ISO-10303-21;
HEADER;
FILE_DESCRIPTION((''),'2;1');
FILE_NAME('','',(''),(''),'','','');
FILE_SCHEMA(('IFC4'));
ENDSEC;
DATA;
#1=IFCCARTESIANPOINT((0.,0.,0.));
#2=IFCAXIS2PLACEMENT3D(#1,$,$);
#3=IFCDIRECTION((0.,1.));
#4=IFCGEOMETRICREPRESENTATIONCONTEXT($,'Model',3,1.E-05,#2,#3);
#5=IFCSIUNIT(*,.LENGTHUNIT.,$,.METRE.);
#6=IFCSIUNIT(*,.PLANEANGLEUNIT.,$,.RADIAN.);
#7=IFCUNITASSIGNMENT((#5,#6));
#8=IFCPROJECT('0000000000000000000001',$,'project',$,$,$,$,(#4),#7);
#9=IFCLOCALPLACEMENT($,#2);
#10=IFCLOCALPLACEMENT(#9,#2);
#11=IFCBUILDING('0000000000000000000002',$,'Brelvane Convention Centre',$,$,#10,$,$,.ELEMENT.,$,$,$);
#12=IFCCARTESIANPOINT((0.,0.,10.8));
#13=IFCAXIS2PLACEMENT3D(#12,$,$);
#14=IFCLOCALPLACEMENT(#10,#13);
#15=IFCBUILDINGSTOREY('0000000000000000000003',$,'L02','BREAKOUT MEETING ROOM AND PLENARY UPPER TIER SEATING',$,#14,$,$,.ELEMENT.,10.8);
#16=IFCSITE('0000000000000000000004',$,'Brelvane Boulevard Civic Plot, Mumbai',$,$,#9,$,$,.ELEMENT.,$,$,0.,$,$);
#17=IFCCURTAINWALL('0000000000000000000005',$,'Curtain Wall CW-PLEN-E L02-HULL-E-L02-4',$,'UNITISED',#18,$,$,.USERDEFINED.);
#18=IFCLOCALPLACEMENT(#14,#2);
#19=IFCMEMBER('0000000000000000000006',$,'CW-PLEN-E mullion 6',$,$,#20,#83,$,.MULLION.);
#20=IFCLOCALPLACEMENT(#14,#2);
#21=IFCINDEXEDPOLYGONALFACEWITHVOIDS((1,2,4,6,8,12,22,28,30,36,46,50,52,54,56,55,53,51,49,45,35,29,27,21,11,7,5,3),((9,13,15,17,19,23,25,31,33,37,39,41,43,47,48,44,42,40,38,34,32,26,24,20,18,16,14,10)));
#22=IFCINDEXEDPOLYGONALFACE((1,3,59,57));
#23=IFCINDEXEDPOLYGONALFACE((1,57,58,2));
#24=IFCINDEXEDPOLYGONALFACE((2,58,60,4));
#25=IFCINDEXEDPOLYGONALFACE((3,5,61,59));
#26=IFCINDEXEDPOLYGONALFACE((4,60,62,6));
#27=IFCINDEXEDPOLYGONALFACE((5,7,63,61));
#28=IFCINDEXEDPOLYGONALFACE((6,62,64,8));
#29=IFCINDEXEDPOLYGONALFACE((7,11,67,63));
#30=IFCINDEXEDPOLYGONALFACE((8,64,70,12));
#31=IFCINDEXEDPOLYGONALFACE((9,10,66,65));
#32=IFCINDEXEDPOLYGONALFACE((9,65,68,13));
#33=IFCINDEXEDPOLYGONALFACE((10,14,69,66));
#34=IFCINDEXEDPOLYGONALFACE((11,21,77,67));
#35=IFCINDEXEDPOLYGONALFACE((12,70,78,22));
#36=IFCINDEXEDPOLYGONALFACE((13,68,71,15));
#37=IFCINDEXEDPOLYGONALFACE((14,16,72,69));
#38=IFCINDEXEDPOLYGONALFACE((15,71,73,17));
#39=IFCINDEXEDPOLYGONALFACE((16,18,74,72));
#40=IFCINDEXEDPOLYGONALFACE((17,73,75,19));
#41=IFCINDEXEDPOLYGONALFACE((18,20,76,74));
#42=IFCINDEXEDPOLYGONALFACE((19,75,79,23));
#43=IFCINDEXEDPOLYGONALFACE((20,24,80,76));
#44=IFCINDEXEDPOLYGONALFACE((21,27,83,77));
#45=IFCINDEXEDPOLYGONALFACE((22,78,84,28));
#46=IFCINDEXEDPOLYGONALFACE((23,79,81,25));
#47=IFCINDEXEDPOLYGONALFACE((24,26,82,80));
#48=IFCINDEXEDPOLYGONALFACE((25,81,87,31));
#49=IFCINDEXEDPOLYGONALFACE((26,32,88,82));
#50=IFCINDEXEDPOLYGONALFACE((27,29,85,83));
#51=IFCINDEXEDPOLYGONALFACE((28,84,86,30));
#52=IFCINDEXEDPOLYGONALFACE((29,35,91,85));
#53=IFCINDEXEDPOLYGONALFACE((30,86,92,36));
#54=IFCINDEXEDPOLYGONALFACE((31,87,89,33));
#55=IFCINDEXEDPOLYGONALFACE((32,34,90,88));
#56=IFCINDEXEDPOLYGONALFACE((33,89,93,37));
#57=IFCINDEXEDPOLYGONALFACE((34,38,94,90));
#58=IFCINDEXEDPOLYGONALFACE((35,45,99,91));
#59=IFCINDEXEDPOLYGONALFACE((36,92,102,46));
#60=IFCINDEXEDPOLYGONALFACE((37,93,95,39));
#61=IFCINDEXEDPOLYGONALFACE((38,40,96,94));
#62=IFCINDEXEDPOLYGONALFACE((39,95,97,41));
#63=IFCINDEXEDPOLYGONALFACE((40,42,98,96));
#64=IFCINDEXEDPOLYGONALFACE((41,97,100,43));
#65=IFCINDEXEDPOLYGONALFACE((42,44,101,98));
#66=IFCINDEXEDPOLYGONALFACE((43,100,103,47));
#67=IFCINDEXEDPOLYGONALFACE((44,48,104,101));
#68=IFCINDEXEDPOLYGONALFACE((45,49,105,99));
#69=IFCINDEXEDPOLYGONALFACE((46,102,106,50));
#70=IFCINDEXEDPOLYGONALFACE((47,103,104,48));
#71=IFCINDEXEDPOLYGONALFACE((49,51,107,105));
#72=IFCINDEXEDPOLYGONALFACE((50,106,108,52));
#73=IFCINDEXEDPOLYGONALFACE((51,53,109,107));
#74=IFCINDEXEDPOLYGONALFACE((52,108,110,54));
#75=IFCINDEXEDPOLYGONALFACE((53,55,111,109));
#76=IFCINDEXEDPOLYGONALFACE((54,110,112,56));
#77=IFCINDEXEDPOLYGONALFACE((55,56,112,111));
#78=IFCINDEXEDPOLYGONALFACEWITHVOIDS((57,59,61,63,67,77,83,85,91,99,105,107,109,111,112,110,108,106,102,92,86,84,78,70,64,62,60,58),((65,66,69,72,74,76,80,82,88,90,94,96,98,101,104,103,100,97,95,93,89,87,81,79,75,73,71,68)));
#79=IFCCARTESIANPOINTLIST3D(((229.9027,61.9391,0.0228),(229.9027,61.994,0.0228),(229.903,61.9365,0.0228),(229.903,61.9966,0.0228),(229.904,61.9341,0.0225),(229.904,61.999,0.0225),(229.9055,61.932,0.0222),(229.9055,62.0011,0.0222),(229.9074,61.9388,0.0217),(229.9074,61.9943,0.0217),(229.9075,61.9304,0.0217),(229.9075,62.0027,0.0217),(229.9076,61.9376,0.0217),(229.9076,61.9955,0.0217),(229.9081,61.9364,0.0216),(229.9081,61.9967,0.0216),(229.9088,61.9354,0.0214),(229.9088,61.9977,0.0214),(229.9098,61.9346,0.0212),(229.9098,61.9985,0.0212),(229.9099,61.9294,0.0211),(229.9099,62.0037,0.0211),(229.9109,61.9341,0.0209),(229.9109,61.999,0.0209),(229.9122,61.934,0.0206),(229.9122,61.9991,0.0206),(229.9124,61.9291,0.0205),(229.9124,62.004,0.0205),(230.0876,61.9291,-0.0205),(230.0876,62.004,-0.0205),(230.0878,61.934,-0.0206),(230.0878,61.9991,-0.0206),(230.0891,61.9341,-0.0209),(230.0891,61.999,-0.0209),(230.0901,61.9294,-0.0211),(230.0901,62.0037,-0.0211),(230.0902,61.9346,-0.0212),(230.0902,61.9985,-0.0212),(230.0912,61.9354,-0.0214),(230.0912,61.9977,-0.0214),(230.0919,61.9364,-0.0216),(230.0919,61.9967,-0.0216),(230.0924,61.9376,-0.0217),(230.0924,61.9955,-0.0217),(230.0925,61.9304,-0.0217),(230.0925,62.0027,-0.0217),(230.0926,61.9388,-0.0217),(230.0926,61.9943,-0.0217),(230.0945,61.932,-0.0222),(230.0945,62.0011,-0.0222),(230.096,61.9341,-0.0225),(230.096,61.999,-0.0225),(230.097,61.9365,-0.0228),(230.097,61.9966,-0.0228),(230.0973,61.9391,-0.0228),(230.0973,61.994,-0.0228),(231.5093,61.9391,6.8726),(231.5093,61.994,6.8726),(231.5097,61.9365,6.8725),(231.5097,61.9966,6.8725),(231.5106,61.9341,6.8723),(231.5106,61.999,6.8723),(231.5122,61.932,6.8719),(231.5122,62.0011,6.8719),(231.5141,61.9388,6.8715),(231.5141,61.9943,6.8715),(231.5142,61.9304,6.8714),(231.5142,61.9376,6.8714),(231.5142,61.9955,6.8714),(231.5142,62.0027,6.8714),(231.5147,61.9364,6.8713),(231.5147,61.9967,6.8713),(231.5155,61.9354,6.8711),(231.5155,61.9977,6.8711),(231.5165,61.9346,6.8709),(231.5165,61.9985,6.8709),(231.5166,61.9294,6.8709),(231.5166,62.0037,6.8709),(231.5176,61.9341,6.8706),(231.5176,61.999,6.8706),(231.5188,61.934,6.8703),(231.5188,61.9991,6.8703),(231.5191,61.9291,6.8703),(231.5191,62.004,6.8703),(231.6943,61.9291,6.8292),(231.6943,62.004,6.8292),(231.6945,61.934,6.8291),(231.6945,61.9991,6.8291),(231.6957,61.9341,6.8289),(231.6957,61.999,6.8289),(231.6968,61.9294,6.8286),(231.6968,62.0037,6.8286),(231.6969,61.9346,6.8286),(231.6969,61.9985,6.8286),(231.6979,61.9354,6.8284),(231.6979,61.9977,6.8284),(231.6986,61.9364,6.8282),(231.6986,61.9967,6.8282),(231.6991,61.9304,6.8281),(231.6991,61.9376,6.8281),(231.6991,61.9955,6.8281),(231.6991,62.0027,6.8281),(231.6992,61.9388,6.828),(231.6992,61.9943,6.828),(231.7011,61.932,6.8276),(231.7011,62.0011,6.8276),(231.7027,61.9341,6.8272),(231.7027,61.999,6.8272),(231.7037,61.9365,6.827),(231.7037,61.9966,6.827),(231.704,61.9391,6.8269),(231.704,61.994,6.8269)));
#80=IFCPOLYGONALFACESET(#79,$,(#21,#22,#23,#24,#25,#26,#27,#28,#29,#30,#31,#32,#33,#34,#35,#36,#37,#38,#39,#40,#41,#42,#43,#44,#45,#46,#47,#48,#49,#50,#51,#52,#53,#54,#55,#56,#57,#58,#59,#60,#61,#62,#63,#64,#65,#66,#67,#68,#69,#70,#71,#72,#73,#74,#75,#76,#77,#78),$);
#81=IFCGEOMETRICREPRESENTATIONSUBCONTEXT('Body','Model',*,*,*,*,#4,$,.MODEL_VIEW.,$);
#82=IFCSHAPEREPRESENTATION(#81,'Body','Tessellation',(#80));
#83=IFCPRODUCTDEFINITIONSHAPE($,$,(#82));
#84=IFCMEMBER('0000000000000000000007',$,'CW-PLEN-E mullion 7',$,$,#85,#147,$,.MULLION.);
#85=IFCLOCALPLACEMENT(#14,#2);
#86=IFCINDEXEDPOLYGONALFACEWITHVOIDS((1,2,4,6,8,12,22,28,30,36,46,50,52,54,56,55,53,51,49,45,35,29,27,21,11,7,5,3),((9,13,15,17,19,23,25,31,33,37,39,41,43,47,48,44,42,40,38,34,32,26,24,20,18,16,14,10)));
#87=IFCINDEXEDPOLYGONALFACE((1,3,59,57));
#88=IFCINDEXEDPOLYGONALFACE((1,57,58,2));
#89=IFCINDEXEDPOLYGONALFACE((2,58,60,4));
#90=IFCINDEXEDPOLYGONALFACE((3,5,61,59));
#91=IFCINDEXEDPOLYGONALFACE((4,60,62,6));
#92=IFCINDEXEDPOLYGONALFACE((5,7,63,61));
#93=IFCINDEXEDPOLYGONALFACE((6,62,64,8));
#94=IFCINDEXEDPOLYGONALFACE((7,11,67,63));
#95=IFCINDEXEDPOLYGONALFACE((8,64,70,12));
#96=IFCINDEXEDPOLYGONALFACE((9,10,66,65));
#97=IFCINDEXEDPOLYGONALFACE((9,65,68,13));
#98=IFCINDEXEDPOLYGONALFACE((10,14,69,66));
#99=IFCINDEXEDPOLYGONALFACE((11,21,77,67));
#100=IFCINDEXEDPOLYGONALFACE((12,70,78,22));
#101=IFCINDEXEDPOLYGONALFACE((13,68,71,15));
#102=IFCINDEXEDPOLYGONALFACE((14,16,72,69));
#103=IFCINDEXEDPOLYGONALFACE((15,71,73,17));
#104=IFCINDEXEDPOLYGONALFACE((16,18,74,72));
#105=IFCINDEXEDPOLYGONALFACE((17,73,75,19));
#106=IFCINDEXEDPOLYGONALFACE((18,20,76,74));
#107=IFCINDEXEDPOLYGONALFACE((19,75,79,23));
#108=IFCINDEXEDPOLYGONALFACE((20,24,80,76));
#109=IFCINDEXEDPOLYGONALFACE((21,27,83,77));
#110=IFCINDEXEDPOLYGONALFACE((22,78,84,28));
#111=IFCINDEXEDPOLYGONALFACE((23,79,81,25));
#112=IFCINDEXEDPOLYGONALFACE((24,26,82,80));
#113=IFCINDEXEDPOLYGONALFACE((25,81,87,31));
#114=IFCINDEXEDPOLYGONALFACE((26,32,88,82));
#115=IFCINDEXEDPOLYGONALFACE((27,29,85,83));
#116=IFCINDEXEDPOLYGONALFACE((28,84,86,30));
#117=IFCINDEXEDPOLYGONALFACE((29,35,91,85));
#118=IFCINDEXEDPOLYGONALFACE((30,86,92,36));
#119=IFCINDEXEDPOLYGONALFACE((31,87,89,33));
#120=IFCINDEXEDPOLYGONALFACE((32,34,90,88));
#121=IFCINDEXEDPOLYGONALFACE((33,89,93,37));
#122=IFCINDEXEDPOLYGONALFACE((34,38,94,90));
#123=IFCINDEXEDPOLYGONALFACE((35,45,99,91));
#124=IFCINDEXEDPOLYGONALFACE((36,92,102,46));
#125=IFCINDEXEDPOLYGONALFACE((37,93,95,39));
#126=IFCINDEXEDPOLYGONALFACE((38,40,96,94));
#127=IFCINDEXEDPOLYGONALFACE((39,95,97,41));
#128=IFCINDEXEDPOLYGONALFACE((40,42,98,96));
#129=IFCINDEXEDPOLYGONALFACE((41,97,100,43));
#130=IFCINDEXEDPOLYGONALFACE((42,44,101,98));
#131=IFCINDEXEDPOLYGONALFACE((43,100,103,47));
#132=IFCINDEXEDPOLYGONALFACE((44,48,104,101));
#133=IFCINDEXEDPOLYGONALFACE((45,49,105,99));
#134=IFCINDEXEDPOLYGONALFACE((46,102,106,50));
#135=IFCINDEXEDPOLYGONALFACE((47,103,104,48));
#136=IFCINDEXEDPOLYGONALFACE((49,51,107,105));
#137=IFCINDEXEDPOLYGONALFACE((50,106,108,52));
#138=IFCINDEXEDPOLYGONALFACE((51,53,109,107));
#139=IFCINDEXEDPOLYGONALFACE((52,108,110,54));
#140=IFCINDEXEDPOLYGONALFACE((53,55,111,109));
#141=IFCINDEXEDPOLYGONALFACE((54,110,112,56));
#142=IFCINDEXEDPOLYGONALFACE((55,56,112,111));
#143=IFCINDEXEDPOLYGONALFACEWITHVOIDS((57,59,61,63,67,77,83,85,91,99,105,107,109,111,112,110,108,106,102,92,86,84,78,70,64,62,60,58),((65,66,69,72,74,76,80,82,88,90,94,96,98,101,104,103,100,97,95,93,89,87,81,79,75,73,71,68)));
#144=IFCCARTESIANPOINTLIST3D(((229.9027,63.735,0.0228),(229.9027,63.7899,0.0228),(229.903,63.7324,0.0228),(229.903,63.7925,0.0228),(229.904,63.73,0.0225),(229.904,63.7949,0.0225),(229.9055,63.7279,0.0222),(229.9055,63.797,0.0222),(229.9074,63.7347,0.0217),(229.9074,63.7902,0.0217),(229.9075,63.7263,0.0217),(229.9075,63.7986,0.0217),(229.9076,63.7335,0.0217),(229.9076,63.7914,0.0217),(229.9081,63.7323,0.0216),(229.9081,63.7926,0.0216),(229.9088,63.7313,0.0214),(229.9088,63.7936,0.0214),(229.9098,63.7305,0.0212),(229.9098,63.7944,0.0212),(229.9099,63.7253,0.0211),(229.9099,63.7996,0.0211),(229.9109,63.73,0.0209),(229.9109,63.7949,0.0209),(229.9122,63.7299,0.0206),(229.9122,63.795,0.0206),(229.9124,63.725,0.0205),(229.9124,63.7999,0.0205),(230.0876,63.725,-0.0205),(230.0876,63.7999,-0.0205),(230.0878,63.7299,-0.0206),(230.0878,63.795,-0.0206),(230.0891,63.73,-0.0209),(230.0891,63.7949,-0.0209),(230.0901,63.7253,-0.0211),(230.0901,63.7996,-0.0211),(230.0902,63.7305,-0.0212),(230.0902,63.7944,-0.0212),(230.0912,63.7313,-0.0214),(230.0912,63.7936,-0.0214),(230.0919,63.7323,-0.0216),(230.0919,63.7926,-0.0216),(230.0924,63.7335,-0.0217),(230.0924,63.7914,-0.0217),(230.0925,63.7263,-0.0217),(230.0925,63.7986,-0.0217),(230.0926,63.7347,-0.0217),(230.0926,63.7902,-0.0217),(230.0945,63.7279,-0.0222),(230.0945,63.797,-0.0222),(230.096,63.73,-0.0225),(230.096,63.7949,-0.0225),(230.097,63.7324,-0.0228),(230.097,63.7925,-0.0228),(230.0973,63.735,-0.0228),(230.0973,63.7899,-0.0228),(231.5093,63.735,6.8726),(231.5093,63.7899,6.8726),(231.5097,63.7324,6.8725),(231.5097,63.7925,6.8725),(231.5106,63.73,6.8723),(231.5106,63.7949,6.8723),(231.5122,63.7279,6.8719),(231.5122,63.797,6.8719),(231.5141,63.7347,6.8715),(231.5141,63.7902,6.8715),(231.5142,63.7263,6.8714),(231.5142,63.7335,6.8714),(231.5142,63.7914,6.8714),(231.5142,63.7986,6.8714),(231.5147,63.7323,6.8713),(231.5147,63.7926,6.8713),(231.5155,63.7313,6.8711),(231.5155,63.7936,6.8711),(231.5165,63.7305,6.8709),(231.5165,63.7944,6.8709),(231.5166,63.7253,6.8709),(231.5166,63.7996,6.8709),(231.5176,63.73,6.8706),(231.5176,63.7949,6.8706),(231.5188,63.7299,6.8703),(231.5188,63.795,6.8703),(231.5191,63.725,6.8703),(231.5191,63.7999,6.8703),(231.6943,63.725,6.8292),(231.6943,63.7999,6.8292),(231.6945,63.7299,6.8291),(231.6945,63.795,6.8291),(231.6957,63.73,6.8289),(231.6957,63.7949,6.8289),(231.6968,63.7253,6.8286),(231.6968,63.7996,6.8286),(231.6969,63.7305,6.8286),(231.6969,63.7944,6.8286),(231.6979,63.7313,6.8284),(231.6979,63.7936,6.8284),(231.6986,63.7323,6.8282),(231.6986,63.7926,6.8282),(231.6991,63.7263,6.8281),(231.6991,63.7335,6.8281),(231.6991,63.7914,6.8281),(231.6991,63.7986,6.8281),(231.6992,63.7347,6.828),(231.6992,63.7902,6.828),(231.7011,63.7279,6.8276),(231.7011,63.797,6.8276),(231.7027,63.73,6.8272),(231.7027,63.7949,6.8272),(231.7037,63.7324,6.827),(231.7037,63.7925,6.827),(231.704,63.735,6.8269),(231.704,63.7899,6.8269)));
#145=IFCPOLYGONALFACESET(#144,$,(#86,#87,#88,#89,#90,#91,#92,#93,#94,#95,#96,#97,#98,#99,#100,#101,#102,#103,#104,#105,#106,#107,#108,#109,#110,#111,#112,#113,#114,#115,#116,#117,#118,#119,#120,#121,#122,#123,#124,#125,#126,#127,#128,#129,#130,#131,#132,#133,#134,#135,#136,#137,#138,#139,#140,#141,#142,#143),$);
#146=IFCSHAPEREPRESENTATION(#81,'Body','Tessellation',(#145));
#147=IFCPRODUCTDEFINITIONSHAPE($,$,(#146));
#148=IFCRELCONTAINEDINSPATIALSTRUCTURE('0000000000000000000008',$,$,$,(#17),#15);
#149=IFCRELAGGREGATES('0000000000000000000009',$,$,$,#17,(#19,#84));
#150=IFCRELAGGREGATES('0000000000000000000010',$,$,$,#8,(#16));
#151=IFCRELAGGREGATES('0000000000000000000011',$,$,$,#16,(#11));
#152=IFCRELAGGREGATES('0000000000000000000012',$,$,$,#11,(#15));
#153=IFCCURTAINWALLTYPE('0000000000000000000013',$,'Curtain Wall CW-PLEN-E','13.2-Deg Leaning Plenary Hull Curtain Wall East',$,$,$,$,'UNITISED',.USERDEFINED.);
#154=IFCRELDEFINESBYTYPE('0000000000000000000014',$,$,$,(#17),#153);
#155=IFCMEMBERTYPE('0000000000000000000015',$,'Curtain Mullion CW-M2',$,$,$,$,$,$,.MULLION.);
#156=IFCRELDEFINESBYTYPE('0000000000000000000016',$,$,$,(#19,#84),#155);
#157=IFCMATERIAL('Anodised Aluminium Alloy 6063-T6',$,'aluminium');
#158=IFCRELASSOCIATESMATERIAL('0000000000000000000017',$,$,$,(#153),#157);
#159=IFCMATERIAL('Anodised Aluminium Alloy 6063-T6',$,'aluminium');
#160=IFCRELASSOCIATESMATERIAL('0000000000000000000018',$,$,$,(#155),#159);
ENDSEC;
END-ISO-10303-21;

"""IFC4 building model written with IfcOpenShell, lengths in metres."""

from ifc_helpers import new_model, si_unit, direction, frame, origin, origin_2d, place, context, subcontext, project, spatial, hollow_rectangle, extrude, material, material_profile, profile_set, type_object, element, aggregate, save


model = new_model("IFC4")

# Units and contexts
model_context = context("Model", 3, precision=1e-05, world=origin(), true_north=direction((0.0, 1.0)))
body_context = subcontext(model_context, "Body", "Model", "MODEL_VIEW")
ifc_project = project(units=[si_unit("LENGTHUNIT", "METRE"), si_unit("PLANEANGLEUNIT", "RADIAN")], contexts=[model_context])

# Site, building, storey
site_placement = place(None, origin())
site = spatial("IfcSite", under=ifc_project, at=site_placement, Name="Brelvane Boulevard Civic Plot, Mumbai", CompositionType="ELEMENT", RefElevation=0.0)
building_placement = place(site_placement, origin())
building = spatial("IfcBuilding", under=site, at=building_placement, Name="Brelvane Convention Centre", CompositionType="ELEMENT")
storey_placement = place(building_placement, frame((0.0, 0.0, 10.8)))
storey = spatial("IfcBuildingStorey", under=building, at=storey_placement, Name="L02", Description="BREAKOUT MEETING ROOM AND PLENARY UPPER TIER SEATING", CompositionType="ELEMENT", Elevation=10.8)

# Curtain wall, members
ifc_material_1 = material(Name="Anodised Aluminium Alloy 6063-T6", Category="aluminium")
curtain_wall_type = type_object("IfcCurtainWallType", Name="Curtain Wall CW-PLEN-E", Description="13.2-Deg Leaning Plenary Hull Curtain Wall East", ElementType="UNITISED", PredefinedType="USERDEFINED", material=ifc_material_1)
ifc_material_2 = material(Name="Anodised Aluminium Alloy 6063-T6", Category="aluminium")
ifc_material_profile_1 = material_profile(ifc_material_2, hollow_rectangle(XDim=0.075, YDim=0.2, WallThickness=0.0049, InnerFilletRadius=0.0049, OuterFilletRadius=0.01, at=origin_2d()), Name="ALU-M 200x75x5.0")
ifc_profile_set_1 = profile_set([ifc_material_profile_1], Name="Anodised Aluminium Alloy 6063-T6")
member_type_1 = type_object("IfcMemberType", Name="Curtain Mullion CW-M2", PredefinedType="MULLION", material=ifc_profile_set_1)
curtain_wall_1_placement = place(storey_placement, origin())
curtain_wall_1 = element("IfcCurtainWall", 1, at=curtain_wall_1_placement, inside=storey, type_object=curtain_wall_type, Name="Curtain Wall CW-PLEN-E L02-HULL-E-L02-4", ObjectType="UNITISED", PredefinedType="USERDEFINED")
member_1_placement = place(storey_placement, frame((230.0, 61.9666, 0.0), z_axis=(0.22836, 0.0, 0.973577), x_axis=(0.0, 1.0, 0.0)))
member_1 = element("IfcMember", 2, at=member_1_placement, type_object=member_type_1, Name="CW-PLEN-E mullion 6", PredefinedType="MULLION", context=body_context, shape_type="SweptSolid", body=[
    extrude(hollow_rectangle(XDim=0.075, YDim=0.2, WallThickness=0.0049, InnerFilletRadius=0.0049, OuterFilletRadius=0.01, at=origin_2d()), origin(), (0.0, 0.0, 1.0), 7.0356),
])
member_2_placement = place(storey_placement, frame((230.0, 63.7625, 0.0), z_axis=(0.22836, 0.0, 0.973577), x_axis=(0.0, 1.0, 0.0)))
member_2 = element("IfcMember", 3, at=member_2_placement, type_object=member_type_1, Name="CW-PLEN-E mullion 7", PredefinedType="MULLION", context=body_context, shape_type="SweptSolid", body=[
    extrude(hollow_rectangle(XDim=0.075, YDim=0.2, WallThickness=0.0049, InnerFilletRadius=0.0049, OuterFilletRadius=0.01, at=origin_2d()), origin(), (0.0, 0.0, 1.0), 7.0356),
])

aggregate(curtain_wall_1, [member_1, member_2])

save(model, "model.ifc")
